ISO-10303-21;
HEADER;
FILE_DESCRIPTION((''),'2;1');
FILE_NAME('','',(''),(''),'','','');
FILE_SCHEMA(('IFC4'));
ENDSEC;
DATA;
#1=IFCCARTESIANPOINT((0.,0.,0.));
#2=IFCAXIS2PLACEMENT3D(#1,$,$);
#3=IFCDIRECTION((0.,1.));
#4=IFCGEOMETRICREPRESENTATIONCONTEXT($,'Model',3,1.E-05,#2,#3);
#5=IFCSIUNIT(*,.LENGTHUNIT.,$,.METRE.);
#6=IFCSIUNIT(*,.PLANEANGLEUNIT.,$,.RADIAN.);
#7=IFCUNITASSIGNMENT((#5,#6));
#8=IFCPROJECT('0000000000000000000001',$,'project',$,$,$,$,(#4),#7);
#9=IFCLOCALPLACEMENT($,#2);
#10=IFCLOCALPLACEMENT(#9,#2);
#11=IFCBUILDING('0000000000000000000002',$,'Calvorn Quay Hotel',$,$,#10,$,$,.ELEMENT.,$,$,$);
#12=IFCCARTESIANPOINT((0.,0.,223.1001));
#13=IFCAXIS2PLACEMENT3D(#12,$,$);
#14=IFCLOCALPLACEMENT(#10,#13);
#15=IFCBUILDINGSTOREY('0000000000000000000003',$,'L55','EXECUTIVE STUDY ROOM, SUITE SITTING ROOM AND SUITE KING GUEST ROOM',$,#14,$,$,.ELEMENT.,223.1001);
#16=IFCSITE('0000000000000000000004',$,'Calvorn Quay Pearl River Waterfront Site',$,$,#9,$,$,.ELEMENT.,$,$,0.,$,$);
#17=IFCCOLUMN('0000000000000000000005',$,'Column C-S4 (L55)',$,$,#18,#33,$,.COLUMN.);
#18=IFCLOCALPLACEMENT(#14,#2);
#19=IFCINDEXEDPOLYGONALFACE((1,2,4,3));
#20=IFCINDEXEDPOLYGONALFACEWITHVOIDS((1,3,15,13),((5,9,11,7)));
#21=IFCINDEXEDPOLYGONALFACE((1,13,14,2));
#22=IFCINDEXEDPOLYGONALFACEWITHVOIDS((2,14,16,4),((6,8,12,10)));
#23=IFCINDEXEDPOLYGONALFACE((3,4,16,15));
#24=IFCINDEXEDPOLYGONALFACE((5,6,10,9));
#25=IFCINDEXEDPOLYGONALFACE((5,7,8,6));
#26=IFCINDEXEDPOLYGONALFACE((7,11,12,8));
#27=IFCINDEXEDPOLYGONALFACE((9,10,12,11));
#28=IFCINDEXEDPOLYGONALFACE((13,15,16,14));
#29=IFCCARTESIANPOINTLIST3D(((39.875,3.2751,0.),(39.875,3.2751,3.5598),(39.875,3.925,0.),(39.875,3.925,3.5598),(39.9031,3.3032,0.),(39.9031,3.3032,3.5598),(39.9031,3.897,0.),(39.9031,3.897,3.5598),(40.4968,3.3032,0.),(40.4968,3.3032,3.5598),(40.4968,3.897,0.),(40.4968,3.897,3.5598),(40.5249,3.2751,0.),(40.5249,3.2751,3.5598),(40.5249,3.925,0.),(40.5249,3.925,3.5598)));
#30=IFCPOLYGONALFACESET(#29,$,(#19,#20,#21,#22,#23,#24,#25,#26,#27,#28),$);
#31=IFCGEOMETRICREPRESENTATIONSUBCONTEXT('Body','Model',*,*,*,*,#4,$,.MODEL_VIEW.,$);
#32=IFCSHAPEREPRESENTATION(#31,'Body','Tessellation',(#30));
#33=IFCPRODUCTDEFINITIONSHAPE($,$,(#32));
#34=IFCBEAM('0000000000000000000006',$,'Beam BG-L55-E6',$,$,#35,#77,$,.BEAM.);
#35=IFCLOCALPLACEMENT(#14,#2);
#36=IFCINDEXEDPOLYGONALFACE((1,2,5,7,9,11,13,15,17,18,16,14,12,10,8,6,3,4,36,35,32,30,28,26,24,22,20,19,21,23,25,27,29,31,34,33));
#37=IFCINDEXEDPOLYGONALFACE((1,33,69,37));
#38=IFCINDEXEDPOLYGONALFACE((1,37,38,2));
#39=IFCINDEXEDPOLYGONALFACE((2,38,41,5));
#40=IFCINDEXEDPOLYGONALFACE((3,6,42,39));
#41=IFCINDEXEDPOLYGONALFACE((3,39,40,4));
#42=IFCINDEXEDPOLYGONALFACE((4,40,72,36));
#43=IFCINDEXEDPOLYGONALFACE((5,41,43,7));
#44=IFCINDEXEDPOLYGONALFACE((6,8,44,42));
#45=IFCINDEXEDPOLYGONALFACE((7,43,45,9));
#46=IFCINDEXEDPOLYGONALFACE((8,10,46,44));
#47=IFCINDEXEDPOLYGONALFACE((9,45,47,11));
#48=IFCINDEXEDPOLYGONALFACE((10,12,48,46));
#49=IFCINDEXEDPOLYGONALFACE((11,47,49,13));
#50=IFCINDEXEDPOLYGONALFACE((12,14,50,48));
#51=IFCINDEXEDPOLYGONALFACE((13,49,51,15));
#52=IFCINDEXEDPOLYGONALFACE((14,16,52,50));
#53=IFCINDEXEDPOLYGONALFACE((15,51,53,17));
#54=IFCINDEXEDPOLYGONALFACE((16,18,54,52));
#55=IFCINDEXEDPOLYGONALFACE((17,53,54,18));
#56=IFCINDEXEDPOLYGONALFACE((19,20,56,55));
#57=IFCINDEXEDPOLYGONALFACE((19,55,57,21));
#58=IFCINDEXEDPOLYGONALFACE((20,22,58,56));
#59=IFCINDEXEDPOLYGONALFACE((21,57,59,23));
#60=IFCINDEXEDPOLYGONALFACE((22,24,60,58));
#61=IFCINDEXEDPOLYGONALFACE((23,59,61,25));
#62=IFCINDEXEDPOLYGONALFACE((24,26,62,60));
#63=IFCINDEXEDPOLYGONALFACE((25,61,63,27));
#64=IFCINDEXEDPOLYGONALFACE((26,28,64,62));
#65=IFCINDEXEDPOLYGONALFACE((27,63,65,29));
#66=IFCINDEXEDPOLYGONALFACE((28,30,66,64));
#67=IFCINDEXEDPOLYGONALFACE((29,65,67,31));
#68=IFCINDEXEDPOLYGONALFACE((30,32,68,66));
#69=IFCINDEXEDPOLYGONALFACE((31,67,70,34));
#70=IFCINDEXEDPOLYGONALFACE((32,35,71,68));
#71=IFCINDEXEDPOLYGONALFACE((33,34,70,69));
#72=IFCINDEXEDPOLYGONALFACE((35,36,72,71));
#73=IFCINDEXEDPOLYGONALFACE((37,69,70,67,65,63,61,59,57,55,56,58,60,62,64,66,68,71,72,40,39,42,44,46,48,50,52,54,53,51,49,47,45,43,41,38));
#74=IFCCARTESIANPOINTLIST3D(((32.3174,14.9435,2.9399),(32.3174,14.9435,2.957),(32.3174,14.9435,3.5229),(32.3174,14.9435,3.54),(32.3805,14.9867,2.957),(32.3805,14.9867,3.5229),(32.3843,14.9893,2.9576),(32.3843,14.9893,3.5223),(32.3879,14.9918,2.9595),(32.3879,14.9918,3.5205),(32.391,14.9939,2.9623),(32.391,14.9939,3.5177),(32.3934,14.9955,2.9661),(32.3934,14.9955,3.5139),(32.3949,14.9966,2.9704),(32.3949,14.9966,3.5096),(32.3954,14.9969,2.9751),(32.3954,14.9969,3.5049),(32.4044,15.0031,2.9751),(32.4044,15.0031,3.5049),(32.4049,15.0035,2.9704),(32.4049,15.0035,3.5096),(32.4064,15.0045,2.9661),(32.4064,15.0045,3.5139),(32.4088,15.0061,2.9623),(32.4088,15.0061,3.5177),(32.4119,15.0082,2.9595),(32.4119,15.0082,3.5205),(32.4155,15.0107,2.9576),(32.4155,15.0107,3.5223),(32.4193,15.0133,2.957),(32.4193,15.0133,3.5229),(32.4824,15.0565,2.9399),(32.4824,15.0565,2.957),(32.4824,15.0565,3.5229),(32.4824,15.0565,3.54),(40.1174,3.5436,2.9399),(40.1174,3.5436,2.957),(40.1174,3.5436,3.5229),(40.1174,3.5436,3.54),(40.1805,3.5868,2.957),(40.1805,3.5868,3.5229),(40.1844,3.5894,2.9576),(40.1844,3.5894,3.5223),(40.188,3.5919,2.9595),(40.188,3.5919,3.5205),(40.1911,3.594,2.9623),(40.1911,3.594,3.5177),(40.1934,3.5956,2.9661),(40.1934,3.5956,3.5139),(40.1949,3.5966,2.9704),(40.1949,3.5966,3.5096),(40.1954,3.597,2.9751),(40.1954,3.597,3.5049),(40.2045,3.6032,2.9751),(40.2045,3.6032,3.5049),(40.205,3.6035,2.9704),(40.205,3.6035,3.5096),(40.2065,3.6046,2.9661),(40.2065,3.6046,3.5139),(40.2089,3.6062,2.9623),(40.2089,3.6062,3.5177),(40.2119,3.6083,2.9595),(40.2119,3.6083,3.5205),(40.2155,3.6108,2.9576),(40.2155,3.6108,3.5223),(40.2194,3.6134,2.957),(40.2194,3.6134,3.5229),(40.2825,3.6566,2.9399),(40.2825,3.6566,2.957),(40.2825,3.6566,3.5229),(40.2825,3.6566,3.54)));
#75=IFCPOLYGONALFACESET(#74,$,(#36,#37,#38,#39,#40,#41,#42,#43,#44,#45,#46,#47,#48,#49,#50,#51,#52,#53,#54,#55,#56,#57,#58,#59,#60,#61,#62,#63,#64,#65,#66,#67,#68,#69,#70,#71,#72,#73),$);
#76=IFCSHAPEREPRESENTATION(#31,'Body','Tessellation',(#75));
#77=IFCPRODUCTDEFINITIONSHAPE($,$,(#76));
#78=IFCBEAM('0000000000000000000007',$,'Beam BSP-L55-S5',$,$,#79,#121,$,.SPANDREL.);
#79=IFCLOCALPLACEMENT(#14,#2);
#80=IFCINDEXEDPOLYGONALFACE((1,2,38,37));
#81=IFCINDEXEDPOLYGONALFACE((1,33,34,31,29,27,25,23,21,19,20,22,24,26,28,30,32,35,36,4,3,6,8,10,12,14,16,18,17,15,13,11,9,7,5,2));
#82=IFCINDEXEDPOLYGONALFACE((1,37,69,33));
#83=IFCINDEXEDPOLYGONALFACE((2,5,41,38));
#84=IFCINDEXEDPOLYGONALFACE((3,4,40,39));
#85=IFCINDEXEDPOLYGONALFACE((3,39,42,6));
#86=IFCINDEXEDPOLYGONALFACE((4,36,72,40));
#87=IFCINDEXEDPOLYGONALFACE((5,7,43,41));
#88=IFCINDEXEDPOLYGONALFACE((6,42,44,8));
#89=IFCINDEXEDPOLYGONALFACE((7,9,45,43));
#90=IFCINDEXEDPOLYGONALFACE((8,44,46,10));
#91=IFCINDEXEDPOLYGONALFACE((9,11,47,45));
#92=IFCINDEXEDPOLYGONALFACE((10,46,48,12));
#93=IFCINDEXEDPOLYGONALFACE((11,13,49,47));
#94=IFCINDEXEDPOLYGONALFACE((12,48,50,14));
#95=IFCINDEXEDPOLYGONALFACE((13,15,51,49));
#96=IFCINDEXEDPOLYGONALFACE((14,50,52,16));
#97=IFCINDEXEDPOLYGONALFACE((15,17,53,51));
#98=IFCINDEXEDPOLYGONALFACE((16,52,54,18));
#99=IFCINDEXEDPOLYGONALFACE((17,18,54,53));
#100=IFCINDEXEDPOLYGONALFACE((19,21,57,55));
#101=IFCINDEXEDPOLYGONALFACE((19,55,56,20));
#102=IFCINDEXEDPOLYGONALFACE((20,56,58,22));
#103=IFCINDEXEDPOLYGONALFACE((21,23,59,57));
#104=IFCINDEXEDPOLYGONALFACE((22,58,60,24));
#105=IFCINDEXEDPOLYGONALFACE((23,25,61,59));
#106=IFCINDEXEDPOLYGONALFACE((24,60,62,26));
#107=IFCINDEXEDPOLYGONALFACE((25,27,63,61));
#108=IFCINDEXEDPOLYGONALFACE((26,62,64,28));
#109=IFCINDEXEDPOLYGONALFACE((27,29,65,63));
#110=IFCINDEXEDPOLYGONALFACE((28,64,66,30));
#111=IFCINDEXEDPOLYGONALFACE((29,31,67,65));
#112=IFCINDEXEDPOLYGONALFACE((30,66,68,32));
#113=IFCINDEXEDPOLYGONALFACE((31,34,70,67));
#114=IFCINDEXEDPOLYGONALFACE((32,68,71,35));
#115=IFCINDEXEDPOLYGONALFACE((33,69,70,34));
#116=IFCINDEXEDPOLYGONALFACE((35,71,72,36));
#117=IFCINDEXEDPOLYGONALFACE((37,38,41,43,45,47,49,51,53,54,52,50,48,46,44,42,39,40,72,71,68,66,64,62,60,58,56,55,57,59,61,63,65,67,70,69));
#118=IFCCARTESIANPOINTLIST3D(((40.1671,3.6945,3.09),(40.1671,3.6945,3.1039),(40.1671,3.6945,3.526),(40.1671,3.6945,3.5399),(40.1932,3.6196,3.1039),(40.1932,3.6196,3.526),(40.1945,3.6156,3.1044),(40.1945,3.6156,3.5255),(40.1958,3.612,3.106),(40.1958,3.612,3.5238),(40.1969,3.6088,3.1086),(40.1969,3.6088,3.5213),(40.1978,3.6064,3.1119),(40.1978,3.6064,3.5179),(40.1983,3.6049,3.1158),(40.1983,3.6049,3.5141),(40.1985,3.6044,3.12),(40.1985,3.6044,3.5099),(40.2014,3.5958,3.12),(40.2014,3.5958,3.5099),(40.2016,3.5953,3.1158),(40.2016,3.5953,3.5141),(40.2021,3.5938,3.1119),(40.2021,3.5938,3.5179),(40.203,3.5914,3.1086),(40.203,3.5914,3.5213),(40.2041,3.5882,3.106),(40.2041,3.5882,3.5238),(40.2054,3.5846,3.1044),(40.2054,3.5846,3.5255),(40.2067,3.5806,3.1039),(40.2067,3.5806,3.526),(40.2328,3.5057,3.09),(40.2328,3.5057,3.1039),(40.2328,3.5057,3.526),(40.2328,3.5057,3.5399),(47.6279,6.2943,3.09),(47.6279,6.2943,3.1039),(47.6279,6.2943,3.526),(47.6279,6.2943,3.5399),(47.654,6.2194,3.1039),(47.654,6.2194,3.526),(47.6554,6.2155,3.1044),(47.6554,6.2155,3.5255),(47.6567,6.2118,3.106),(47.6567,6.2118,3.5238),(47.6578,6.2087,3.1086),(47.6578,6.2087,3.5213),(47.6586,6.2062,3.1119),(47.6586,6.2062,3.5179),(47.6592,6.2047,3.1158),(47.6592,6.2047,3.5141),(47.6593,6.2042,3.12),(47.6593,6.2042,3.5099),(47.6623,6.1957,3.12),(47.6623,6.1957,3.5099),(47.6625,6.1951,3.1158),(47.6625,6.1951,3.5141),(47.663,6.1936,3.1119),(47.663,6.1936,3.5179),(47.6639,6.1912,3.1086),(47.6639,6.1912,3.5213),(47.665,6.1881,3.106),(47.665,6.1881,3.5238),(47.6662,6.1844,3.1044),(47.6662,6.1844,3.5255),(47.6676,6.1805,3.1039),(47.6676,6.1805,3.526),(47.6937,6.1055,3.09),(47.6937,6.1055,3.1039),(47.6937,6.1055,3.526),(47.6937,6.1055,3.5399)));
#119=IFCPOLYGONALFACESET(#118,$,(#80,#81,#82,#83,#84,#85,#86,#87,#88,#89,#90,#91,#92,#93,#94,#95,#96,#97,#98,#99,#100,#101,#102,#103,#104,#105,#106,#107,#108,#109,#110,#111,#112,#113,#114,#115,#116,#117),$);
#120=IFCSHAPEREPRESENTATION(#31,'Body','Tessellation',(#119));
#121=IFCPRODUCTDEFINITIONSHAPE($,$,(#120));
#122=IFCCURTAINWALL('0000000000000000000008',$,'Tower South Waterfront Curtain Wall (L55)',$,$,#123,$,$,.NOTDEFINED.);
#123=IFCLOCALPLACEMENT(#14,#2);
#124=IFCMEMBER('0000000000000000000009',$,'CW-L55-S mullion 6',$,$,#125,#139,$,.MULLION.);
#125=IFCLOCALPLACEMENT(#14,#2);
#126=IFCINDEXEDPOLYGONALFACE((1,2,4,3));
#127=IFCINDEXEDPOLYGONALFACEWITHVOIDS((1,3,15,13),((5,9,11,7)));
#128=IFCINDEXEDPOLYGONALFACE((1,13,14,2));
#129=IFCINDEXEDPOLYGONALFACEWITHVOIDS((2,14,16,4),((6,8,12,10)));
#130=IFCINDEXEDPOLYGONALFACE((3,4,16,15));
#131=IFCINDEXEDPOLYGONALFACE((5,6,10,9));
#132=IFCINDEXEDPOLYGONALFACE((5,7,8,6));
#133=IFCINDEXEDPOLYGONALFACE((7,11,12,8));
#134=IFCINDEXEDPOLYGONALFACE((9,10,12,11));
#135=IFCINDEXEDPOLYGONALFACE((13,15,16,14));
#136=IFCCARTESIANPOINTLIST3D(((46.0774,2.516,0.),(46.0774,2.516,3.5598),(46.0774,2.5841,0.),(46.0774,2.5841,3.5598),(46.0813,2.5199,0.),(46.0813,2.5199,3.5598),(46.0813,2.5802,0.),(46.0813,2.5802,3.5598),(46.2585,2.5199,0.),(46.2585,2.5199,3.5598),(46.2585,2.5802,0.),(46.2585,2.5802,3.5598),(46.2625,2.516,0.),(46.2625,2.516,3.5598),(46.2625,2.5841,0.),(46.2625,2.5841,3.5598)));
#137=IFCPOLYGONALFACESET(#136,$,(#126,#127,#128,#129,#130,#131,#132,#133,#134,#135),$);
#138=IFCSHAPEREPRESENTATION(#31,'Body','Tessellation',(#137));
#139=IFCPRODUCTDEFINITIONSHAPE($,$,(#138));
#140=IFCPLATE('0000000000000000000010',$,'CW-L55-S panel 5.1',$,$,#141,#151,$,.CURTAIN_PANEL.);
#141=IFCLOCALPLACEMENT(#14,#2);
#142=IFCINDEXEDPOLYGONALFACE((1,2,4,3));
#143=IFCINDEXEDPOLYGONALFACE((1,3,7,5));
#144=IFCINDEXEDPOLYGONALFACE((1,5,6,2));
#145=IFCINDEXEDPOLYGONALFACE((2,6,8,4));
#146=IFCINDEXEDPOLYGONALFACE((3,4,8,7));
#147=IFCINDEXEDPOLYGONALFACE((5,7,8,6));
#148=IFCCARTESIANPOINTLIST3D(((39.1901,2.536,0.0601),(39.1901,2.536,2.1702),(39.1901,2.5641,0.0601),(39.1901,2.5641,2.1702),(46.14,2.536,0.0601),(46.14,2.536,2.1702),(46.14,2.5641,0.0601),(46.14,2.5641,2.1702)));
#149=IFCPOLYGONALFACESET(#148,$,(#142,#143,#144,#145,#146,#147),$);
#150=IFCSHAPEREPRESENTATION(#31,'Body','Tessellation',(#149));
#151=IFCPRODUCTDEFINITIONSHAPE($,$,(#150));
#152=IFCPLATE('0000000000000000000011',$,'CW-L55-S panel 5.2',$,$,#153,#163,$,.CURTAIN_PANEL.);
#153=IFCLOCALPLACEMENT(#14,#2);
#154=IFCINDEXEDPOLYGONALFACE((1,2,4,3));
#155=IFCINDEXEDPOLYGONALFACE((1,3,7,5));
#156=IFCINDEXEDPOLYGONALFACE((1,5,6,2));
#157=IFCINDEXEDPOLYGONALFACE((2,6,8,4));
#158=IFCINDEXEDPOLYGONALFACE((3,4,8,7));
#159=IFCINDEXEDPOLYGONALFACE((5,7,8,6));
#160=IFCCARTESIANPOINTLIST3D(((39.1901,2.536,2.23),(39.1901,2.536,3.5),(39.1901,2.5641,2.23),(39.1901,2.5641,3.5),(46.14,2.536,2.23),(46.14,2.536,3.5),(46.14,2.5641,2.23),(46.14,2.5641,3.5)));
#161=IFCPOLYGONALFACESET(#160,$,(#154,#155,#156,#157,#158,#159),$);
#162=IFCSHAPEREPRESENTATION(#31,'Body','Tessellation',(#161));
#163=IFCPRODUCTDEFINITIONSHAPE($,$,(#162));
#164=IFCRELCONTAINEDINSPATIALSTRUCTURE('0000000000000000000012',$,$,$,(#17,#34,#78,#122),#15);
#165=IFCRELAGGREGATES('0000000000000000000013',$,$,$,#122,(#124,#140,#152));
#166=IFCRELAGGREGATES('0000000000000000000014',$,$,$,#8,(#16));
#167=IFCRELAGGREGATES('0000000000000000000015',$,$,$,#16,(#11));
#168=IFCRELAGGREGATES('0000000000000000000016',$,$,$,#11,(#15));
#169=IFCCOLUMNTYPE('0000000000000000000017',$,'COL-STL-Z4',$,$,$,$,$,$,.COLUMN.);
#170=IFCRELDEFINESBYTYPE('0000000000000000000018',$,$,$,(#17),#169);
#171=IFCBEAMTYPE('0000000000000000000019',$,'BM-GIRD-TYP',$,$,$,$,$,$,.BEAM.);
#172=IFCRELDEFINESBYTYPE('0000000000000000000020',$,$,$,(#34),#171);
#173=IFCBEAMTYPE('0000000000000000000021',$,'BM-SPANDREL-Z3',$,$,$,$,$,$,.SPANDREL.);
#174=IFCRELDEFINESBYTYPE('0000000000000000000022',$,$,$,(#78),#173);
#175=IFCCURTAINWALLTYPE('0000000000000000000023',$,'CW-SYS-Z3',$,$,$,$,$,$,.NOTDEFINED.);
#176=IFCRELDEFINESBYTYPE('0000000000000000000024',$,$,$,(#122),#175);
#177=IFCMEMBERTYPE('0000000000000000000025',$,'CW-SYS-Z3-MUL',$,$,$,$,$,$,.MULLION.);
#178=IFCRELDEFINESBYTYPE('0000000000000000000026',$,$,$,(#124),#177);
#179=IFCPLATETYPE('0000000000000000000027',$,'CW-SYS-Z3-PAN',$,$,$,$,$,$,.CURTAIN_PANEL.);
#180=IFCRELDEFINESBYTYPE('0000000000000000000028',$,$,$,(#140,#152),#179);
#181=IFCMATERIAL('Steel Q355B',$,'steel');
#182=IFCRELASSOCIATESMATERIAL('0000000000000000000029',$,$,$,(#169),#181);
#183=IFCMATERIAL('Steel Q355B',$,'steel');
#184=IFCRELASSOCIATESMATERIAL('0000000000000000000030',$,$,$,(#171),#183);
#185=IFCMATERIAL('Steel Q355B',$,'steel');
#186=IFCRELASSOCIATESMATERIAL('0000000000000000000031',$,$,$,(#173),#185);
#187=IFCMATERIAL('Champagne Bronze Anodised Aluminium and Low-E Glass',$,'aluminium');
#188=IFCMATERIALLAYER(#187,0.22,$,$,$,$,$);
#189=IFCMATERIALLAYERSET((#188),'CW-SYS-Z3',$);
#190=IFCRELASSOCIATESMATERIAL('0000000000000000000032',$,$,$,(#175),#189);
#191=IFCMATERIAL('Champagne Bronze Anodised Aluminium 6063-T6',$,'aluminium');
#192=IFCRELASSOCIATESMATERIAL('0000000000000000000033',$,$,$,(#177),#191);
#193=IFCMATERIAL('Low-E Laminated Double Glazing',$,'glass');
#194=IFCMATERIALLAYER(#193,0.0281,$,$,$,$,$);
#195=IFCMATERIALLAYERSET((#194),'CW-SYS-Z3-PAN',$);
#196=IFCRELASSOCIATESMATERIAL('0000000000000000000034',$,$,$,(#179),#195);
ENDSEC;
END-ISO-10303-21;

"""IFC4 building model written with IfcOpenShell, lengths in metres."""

from ifc_helpers import new_model, si_unit, direction, frame, origin, origin_2d, place, context, subcontext, project, spatial, rectangle, hollow_rectangle, i_section, extrude, material, layer, layer_set, material_profile, profile_set, type_object, element, aggregate, save


model = new_model("IFC4")

# Units and contexts
model_context = context("Model", 3, precision=1e-05, world=origin(), true_north=direction((0.0, 1.0)))
body_context = subcontext(model_context, "Body", "Model", "MODEL_VIEW")
ifc_project = project(units=[si_unit("LENGTHUNIT", "METRE"), si_unit("PLANEANGLEUNIT", "RADIAN")], contexts=[model_context])

# Site, building, storey
site_placement = place(None, origin())
site = spatial("IfcSite", under=ifc_project, at=site_placement, Name="Calvorn Quay Pearl River Waterfront Site", CompositionType="ELEMENT", RefElevation=0.0)
building_placement = place(site_placement, origin())
building = spatial("IfcBuilding", under=site, at=building_placement, Name="Calvorn Quay Hotel", CompositionType="ELEMENT")
storey_placement = place(building_placement, frame((0.0, 0.0, 223.1001)))
storey = spatial("IfcBuildingStorey", under=building, at=storey_placement, Name="L55", Description="EXECUTIVE STUDY ROOM, SUITE SITTING ROOM AND SUITE KING GUEST ROOM", CompositionType="ELEMENT", Elevation=223.1001)

# Column
ifc_material_1 = material(Name="Steel Q355B", Category="steel")
ifc_material_profile_1 = material_profile(ifc_material_1, hollow_rectangle(XDim=0.6499, YDim=0.6499, WallThickness=0.0281, at=origin_2d()), Name="BOX650x650x28")
ifc_profile_set_1 = profile_set([ifc_material_profile_1], Name="Steel Q355B")
column_type = type_object("IfcColumnType", Name="COL-STL-Z4", PredefinedType="COLUMN", material=ifc_profile_set_1)
column_placement = place(storey_placement, frame((40.2, 3.6001, 0.0), z_axis=(0.0, 0.0, 1.0), x_axis=(1.0, 0.0, 0.0)))
element("IfcColumn", 1, at=column_placement, inside=storey, type_object=column_type, Name="Column C-S4 (L55)", PredefinedType="COLUMN", context=body_context, shape_type="SweptSolid", body=[
    extrude(hollow_rectangle(XDim=0.6499, YDim=0.6499, WallThickness=0.0281, at=origin_2d()), origin(), (0.0, 0.0, 1.0), 3.5598),
])

# Beams
ifc_material_2 = material(Name="Steel Q355B", Category="steel")
ifc_material_profile_2 = material_profile(ifc_material_2, i_section(OverallWidth=0.2, OverallDepth=0.6001, WebThickness=0.011, FlangeThickness=0.0171, FilletRadius=0.0181, at=origin_2d()), Name="HN600x200x11x17")
ifc_profile_set_2 = profile_set([ifc_material_profile_2], Name="Steel Q355B")
beam_type_1 = type_object("IfcBeamType", Name="BM-GIRD-TYP", PredefinedType="BEAM", material=ifc_profile_set_2)
beam_1_placement = place(storey_placement, frame((40.2, 3.6001, 3.24), z_axis=(-0.56469, 0.825303, 0.0), x_axis=(-0.825303, -0.56469, 0.0)))
element("IfcBeam", 2, at=beam_1_placement, inside=storey, type_object=beam_type_1, Name="Beam BG-L55-E6", PredefinedType="BEAM", context=body_context, shape_type="SweptSolid", body=[
    extrude(i_section(OverallWidth=0.2, OverallDepth=0.6001, WebThickness=0.011, FlangeThickness=0.0171, FilletRadius=0.0181, at=origin_2d()), origin(), (0.0, 0.0, 1.0), 13.813),
])
ifc_material_3 = material(Name="Steel Q355B", Category="steel")
ifc_material_profile_3 = material_profile(ifc_material_3, i_section(OverallWidth=0.2, OverallDepth=0.45, WebThickness=0.009, FlangeThickness=0.0139, FilletRadius=0.0161, at=origin_2d()), Name="HN450x200x9x14")
ifc_profile_set_3 = profile_set([ifc_material_profile_3], Name="Steel Q355B")
beam_type_2 = type_object("IfcBeamType", Name="BM-SPANDREL-Z3", PredefinedType="SPANDREL", material=ifc_profile_set_3)
beam_2_placement = place(storey_placement, frame((40.2, 3.6001, 3.3149), z_axis=(0.94431, 0.329056, 0.0), x_axis=(-0.329056, 0.94431, 0.0)))
element("IfcBeam", 3, at=beam_2_placement, inside=storey, type_object=beam_type_2, Name="Beam BSP-L55-S5", PredefinedType="SPANDREL", context=body_context, shape_type="SweptSolid", body=[
    extrude(i_section(OverallWidth=0.2, OverallDepth=0.45, WebThickness=0.009, FlangeThickness=0.0139, FilletRadius=0.0161, at=origin_2d()), origin(), (0.0, 0.0, 1.0), 7.9009),
])

# Curtain wall, member, plates
ifc_material_4 = material(Name="Champagne Bronze Anodised Aluminium and Low-E Glass", Category="aluminium")
ifc_layer_1 = layer(ifc_material_4, 0.22)
ifc_layer_set_1 = layer_set([ifc_layer_1], Name="CW-SYS-Z3")
curtain_wall_type = type_object("IfcCurtainWallType", Name="CW-SYS-Z3", PredefinedType="NOTDEFINED", material=ifc_layer_set_1)
curtain_wall_placement = place(storey_placement, origin())
curtain_wall = element("IfcCurtainWall", 4, at=curtain_wall_placement, inside=storey, type_object=curtain_wall_type, Name="Tower South Waterfront Curtain Wall (L55)", PredefinedType="NOTDEFINED")
ifc_material_5 = material(Name="Champagne Bronze Anodised Aluminium 6063-T6", Category="aluminium")
ifc_material_profile_4 = material_profile(ifc_material_5, hollow_rectangle(XDim=0.0681, YDim=0.1851, WallThickness=0.0039, at=origin_2d()), Name="ALU-M185x68x4")
ifc_profile_set_4 = profile_set([ifc_material_profile_4], Name="Champagne Bronze Anodised Aluminium 6063-T6")
member_type = type_object("IfcMemberType", Name="CW-SYS-Z3-MUL", PredefinedType="MULLION", material=ifc_profile_set_4)
member_placement = place(storey_placement, frame((46.1699, 2.55, 0.0), z_axis=(0.0, 0.0, 1.0), x_axis=(0.0, 1.0, 0.0)))
member = element("IfcMember", 5, at=member_placement, type_object=member_type, Name="CW-L55-S mullion 6", PredefinedType="MULLION", context=body_context, shape_type="SweptSolid", body=[
    extrude(hollow_rectangle(XDim=0.0681, YDim=0.1851, WallThickness=0.0039, at=origin_2d()), origin(), (0.0, 0.0, 1.0), 3.5598),
])
ifc_material_6 = material(Name="Low-E Laminated Double Glazing", Category="glass")
ifc_layer_2 = layer(ifc_material_6, 0.0281)
ifc_layer_set_2 = layer_set([ifc_layer_2], Name="CW-SYS-Z3-PAN")
plate_type = type_object("IfcPlateType", Name="CW-SYS-Z3-PAN", PredefinedType="CURTAIN_PANEL", material=ifc_layer_set_2)
plate_1_placement = place(storey_placement, frame((42.665, 2.55, 0.0601), z_axis=(0.0, 0.0, 1.0), x_axis=(1.0, 0.0, 0.0)))
plate_1 = element("IfcPlate", 6, at=plate_1_placement, type_object=plate_type, Name="CW-L55-S panel 5.1", PredefinedType="CURTAIN_PANEL", context=body_context, shape_type="SweptSolid", body=[
    extrude(rectangle(XDim=6.95, YDim=0.0281, at=origin_2d()), origin(), (0.0, 0.0, 1.0), 2.1101),
])
plate_2_placement = place(storey_placement, frame((42.665, 2.55, 2.23), z_axis=(0.0, 0.0, 1.0), x_axis=(1.0, 0.0, 0.0)))
plate_2 = element("IfcPlate", 7, at=plate_2_placement, type_object=plate_type, Name="CW-L55-S panel 5.2", PredefinedType="CURTAIN_PANEL", context=body_context, shape_type="SweptSolid", body=[
    extrude(rectangle(XDim=6.95, YDim=0.0281, at=origin_2d()), origin(), (0.0, 0.0, 1.0), 1.27),
])
aggregate(curtain_wall, [member, plate_1, plate_2])

save(model, "model.ifc")
